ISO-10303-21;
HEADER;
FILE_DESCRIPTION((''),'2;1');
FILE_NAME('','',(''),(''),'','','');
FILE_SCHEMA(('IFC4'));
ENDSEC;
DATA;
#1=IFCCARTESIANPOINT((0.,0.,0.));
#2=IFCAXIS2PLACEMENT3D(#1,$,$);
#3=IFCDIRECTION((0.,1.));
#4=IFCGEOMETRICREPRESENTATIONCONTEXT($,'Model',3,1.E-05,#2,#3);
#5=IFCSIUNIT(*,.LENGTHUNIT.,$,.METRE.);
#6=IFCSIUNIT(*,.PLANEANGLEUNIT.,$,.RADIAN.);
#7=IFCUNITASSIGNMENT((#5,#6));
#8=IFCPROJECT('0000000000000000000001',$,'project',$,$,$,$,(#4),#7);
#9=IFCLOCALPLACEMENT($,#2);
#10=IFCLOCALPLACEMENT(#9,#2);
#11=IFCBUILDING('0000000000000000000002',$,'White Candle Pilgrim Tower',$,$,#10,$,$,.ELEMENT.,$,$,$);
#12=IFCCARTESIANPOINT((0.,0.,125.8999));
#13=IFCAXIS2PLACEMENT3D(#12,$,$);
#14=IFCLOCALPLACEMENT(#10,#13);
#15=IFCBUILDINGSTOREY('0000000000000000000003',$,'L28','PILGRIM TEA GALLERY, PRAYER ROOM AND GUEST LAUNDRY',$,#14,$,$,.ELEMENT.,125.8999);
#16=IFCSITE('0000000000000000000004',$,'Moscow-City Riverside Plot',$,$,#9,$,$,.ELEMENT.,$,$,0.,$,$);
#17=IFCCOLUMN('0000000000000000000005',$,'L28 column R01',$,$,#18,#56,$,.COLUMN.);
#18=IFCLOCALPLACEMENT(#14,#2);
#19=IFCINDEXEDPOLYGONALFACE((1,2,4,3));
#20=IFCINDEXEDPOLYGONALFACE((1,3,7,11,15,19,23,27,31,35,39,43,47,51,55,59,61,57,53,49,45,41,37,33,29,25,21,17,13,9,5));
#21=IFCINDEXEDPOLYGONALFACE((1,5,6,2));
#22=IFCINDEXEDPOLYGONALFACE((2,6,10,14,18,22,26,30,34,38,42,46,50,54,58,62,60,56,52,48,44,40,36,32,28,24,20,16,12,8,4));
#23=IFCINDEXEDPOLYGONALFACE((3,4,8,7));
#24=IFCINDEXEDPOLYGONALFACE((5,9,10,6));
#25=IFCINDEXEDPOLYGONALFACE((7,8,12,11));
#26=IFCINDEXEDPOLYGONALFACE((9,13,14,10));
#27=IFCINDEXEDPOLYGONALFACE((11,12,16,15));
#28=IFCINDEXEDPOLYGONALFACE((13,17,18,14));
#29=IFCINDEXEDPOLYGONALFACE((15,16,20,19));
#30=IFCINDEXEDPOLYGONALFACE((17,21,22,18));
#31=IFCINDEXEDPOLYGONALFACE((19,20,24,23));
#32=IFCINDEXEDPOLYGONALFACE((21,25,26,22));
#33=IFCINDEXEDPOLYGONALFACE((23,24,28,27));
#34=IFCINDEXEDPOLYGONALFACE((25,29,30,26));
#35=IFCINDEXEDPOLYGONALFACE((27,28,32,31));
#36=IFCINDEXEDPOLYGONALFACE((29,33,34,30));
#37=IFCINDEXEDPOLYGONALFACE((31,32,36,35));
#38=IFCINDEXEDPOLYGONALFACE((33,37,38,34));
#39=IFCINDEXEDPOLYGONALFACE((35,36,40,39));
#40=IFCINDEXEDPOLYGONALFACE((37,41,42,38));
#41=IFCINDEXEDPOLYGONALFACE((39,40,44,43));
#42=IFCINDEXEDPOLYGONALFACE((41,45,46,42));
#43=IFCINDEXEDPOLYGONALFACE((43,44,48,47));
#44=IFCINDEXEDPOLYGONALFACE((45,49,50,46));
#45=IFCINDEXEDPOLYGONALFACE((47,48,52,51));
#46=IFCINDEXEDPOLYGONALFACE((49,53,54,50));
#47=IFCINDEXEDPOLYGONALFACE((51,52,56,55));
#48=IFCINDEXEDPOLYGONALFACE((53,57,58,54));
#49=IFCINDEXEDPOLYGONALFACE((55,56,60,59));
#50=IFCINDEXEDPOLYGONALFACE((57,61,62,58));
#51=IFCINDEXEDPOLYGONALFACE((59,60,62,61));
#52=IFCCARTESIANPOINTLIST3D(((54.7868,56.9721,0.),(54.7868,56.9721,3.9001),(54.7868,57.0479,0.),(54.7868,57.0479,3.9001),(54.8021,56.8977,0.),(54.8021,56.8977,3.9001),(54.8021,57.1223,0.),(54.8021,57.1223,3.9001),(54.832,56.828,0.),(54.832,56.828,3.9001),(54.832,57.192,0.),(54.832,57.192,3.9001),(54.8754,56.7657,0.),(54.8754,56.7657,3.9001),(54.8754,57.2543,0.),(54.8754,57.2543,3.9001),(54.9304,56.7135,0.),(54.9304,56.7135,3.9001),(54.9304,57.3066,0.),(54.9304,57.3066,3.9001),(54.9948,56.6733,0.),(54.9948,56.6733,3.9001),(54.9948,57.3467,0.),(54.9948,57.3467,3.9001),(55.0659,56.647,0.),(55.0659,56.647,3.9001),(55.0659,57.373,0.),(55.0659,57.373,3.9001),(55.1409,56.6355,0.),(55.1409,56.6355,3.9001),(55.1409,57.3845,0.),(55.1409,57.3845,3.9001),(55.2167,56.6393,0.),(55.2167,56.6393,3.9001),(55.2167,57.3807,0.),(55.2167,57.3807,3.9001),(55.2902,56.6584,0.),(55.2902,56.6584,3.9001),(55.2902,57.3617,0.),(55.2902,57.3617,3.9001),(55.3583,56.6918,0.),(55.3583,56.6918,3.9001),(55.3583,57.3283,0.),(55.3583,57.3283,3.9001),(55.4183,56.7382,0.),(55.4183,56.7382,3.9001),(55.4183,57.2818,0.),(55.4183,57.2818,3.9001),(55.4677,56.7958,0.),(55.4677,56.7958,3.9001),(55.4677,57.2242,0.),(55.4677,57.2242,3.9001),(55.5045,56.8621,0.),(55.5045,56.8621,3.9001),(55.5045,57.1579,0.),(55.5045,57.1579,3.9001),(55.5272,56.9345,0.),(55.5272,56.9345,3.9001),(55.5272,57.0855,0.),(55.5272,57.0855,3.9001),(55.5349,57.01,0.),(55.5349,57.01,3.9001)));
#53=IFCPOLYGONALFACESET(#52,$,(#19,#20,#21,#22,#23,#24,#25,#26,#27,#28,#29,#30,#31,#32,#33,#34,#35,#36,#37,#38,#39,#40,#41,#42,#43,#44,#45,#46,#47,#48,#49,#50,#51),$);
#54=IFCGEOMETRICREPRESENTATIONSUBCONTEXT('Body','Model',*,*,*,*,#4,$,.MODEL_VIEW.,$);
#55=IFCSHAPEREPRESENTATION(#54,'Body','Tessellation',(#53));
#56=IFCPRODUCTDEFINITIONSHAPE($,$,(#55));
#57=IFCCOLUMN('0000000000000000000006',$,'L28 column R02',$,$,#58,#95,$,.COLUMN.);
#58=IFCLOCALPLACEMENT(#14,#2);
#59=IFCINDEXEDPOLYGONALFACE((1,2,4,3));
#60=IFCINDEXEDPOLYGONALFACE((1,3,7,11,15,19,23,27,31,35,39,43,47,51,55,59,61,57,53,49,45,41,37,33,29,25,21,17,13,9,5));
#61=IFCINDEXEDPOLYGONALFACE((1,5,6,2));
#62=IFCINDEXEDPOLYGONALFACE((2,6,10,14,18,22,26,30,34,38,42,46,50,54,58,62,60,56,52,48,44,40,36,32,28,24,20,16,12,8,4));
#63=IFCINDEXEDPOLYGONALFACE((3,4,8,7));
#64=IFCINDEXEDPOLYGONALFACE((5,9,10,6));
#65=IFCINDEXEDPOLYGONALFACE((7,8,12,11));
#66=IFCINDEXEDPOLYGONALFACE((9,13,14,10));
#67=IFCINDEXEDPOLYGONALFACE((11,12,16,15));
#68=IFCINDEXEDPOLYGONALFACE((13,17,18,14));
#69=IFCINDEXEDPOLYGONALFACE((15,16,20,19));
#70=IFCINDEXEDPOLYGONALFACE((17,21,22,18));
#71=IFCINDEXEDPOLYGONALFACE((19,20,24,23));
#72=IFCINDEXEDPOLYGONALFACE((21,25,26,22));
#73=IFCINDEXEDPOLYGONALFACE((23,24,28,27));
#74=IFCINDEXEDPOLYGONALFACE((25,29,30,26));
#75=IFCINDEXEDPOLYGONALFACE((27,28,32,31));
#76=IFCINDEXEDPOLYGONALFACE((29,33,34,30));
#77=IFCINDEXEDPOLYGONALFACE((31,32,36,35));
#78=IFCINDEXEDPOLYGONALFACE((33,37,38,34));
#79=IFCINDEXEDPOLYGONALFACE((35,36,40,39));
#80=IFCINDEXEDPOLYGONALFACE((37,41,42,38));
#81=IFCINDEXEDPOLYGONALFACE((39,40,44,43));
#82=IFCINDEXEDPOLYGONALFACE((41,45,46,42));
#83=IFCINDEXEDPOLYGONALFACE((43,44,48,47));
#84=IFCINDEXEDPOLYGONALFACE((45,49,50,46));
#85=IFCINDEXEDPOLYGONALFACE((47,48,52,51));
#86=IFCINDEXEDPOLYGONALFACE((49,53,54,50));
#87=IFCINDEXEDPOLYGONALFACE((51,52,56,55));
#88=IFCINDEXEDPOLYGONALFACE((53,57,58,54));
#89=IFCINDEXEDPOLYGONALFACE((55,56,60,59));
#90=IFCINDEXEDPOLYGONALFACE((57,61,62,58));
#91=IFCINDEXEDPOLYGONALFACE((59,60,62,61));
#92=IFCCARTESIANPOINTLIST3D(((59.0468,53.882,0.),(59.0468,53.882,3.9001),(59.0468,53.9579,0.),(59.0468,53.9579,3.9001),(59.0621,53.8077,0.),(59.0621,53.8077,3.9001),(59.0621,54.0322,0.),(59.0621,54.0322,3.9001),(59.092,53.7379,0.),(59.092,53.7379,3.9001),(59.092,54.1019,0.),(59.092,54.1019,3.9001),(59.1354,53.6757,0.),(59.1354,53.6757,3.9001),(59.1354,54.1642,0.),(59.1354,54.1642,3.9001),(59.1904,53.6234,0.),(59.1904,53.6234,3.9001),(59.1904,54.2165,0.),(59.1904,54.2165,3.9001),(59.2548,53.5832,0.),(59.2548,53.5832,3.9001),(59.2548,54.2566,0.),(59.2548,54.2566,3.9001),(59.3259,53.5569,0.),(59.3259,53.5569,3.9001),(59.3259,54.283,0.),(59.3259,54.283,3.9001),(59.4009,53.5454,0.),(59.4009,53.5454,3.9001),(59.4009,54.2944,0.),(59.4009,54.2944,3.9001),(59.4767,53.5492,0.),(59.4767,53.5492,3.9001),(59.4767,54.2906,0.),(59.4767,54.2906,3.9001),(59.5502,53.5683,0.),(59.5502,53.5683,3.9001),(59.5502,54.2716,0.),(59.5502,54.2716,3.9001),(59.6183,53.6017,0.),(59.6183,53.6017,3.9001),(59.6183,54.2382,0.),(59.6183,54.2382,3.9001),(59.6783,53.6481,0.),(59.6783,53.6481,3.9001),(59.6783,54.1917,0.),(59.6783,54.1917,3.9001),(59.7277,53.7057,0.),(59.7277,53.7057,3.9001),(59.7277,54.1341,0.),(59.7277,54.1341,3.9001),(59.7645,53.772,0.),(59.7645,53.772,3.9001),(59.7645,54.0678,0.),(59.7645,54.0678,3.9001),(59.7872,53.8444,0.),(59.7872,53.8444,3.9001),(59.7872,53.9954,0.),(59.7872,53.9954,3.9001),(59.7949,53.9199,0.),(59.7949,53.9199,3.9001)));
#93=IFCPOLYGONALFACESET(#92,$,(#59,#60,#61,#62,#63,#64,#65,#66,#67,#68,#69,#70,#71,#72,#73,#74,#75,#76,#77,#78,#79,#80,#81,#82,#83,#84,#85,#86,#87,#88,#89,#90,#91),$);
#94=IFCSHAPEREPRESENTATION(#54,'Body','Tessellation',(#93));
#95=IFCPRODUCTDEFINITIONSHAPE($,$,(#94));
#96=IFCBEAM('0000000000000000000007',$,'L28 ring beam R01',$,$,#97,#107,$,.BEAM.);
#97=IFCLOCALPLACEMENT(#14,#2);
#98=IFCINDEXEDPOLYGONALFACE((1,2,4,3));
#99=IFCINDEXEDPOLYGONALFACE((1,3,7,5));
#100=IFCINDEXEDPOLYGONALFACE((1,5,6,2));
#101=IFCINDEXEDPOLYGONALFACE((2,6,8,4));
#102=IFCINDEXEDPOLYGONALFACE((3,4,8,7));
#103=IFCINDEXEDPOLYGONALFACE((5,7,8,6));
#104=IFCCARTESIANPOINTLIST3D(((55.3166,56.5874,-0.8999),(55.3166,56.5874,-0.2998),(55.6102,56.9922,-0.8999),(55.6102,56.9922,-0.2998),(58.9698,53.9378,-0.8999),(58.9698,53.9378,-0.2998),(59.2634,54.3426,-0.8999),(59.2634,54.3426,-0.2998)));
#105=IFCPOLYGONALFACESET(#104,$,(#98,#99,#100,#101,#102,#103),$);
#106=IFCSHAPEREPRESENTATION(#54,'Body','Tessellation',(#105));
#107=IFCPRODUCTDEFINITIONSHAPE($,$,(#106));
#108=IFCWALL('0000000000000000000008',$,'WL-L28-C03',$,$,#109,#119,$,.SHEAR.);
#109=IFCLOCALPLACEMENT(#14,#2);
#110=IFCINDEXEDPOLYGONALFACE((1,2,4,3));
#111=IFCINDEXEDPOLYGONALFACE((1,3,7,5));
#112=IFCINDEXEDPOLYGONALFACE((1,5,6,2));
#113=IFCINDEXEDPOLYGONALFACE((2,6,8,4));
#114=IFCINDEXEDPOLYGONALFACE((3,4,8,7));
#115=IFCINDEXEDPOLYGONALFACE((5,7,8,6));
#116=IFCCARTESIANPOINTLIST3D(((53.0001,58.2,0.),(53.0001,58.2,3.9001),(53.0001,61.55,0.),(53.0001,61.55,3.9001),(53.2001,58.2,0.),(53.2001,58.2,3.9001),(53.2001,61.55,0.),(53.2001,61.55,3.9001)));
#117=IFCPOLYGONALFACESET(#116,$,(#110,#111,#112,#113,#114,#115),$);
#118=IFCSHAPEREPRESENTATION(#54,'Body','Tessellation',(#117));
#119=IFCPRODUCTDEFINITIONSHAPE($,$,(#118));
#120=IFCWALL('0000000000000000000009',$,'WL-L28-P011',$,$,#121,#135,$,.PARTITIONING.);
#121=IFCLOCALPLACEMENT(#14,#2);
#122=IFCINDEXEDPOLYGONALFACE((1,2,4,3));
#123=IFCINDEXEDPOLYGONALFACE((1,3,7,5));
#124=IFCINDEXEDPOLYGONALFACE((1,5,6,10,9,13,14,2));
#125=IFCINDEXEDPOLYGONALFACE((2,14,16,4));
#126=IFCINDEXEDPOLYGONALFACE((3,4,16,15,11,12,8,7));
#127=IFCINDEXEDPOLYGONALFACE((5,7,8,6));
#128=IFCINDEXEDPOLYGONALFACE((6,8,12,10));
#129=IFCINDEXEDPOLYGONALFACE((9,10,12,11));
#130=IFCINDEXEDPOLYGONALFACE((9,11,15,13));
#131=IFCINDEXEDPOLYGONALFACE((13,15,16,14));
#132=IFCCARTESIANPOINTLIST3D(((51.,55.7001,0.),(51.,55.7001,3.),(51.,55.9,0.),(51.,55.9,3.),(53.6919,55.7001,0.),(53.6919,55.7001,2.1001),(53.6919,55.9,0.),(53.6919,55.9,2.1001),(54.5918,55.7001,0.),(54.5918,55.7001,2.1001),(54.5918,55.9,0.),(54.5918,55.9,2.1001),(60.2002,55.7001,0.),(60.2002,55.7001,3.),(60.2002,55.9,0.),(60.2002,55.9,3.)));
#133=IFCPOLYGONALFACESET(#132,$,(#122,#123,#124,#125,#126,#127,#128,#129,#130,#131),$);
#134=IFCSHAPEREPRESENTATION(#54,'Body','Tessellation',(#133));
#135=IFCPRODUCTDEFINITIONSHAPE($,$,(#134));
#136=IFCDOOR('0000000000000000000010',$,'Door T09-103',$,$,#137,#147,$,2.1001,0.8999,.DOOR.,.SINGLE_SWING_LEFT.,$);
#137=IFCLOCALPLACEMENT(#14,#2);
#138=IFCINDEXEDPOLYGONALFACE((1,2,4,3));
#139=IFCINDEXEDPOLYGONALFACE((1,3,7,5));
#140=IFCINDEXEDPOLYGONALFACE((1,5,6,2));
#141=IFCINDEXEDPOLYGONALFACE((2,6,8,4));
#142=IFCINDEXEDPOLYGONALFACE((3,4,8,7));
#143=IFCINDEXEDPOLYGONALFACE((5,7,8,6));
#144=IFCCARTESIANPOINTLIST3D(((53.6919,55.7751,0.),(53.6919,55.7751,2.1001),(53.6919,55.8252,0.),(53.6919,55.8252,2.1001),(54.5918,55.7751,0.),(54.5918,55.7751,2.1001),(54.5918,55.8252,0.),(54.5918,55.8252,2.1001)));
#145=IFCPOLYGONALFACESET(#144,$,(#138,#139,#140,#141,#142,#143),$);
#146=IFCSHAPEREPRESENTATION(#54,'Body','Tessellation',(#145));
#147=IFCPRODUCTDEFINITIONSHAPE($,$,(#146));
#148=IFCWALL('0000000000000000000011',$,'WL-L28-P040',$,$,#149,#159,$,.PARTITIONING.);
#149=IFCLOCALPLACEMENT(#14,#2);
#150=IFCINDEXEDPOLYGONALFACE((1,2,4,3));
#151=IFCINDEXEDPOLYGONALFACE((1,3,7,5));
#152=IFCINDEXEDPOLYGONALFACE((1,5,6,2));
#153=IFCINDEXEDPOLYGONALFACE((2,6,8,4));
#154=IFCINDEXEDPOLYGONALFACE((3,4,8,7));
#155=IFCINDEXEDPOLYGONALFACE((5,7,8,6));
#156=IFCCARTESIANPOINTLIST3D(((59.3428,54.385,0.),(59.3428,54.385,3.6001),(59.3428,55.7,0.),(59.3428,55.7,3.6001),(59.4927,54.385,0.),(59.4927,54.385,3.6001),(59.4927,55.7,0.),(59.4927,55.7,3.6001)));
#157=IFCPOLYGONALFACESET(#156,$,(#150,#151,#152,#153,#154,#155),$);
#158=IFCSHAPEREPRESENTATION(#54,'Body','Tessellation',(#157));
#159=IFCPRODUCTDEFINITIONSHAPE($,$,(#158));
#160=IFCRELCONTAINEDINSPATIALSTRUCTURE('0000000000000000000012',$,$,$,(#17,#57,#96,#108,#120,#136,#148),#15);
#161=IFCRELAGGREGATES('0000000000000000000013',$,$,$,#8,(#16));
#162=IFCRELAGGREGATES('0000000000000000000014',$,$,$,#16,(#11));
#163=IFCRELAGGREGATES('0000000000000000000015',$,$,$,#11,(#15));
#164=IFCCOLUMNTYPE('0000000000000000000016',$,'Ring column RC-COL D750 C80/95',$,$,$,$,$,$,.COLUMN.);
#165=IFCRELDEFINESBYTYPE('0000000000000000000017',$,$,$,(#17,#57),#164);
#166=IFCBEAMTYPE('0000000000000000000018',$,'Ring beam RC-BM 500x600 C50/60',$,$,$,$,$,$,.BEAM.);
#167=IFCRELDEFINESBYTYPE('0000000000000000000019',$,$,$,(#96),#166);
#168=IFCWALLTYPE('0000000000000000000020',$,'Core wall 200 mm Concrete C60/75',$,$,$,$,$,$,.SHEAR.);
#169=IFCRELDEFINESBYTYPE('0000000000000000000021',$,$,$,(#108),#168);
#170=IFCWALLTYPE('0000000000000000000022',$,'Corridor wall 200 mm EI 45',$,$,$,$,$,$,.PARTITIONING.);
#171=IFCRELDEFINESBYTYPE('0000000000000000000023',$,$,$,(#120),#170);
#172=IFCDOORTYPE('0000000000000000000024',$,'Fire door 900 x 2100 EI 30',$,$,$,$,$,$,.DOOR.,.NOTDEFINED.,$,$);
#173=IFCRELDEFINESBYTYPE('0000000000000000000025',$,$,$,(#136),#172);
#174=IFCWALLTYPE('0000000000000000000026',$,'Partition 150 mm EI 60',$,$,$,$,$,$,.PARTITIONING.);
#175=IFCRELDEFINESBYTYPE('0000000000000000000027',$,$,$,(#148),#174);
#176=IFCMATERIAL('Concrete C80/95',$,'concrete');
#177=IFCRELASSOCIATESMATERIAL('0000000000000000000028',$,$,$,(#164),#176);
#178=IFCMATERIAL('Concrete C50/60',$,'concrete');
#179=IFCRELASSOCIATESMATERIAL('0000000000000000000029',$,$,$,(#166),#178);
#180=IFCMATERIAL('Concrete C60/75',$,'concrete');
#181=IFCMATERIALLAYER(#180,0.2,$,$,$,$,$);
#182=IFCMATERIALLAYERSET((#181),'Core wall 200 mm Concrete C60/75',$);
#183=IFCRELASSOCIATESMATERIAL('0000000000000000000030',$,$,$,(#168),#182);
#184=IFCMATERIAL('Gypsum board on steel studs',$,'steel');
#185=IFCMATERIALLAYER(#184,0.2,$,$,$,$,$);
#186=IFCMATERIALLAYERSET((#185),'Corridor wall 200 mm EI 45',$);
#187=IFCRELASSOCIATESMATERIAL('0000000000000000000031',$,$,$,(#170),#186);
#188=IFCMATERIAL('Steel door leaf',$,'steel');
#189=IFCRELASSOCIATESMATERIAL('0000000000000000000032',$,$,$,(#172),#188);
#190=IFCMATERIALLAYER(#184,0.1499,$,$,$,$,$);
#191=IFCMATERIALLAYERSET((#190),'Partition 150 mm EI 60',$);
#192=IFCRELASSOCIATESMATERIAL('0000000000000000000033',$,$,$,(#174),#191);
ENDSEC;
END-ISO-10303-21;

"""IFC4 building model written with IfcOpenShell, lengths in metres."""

from ifc_helpers import new_model, si_unit, direction, frame, frame_2d, origin, origin_2d, place, context, subcontext, project, spatial, rectangle, circle, extrude, material, layer, layer_set, material_profile, profile_set, type_object, element, fill, save


model = new_model("IFC4")

# Units and contexts
model_context = context("Model", 3, precision=1e-05, world=origin(), true_north=direction((0.0, 1.0)))
body_context = subcontext(model_context, "Body", "Model", "MODEL_VIEW")
ifc_project = project(units=[si_unit("LENGTHUNIT", "METRE"), si_unit("PLANEANGLEUNIT", "RADIAN")], contexts=[model_context])

# Site, building, storey
site_placement = place(None, origin())
site = spatial("IfcSite", under=ifc_project, at=site_placement, Name="Moscow-City Riverside Plot", CompositionType="ELEMENT", RefElevation=0.0)
building_placement = place(site_placement, origin())
building = spatial("IfcBuilding", under=site, at=building_placement, Name="White Candle Pilgrim Tower", CompositionType="ELEMENT")
storey_placement = place(building_placement, frame((0.0, 0.0, 125.8999)))
storey = spatial("IfcBuildingStorey", under=building, at=storey_placement, Name="L28", Description="PILGRIM TEA GALLERY, PRAYER ROOM AND GUEST LAUNDRY", CompositionType="ELEMENT", Elevation=125.8999)

# Columns
ifc_material_1 = material(Name="Concrete C80/95", Category="concrete")
ifc_material_profile_1 = material_profile(ifc_material_1, circle(Radius=0.375, at=origin_2d()), Name="RC-COL D750")
ifc_profile_set_1 = profile_set([ifc_material_profile_1], Name="Concrete C80/95")
column_type = type_object("IfcColumnType", Name="Ring column RC-COL D750 C80/95", PredefinedType="COLUMN", material=ifc_profile_set_1)
for number, where, z_axis, x_axis, name in (
    (1, (55.1599, 57.01, 0.0), (0.0, 0.0, 1.0), (1.0, 0.0, 0.0), "L28 column R01"),
    (2, (59.4199, 53.9199, 0.0), (0.0, 0.0, 1.0), (1.0, 0.0, 0.0), "L28 column R02"),
):
    element("IfcColumn", number, at=place(storey_placement, frame(where, z_axis=z_axis, x_axis=x_axis)), inside=storey, type_object=column_type, Name=name, PredefinedType="COLUMN", context=body_context, shape_type="SweptSolid", body=[
        extrude(circle(Radius=0.375, at=origin_2d()), origin(), (0.0, 0.0, 1.0), 3.9001),
    ])

# Beam
ifc_material_2 = material(Name="Concrete C50/60", Category="concrete")
ifc_material_profile_2 = material_profile(ifc_material_2, rectangle(XDim=0.5, YDim=0.6001, at=origin_2d()), Name="RC-BM 500x600")
ifc_profile_set_2 = profile_set([ifc_material_profile_2], Name="Concrete C50/60")
beam_type = type_object("IfcBeamType", Name="Ring beam RC-BM 500x600 C50/60", PredefinedType="BEAM", material=ifc_profile_set_2)
beam_placement = place(storey_placement, frame((55.4634, 56.7898, -0.5999), z_axis=(0.809505, -0.587113, 0.0), x_axis=(0.587113, 0.809505, 0.0)))
element("IfcBeam", 3, at=beam_placement, inside=storey, type_object=beam_type, Name="L28 ring beam R01", PredefinedType="BEAM", context=body_context, shape_type="SweptSolid", body=[
    extrude(rectangle(XDim=0.5, YDim=0.6001, at=origin_2d()), origin(), (0.0, 0.0, 1.0), 4.5129),
])

# Wall
ifc_material_3 = material(Name="Concrete C60/75", Category="concrete")
ifc_layer_1 = layer(ifc_material_3, 0.2)
ifc_layer_set_1 = layer_set([ifc_layer_1], Name="Core wall 200 mm Concrete C60/75")
wall_type_1 = type_object("IfcWallType", Name="Core wall 200 mm Concrete C60/75", PredefinedType="SHEAR", material=ifc_layer_set_1)
wall_1_placement = place(storey_placement, frame((53.1001, 58.2, 0.0), z_axis=(0.0, 0.0, 1.0), x_axis=(0.0, 1.0, 0.0)))
element("IfcWall", 4, at=wall_1_placement, inside=storey, type_object=wall_type_1, Name="WL-L28-C03", PredefinedType="SHEAR", context=body_context, shape_type="SweptSolid", body=[
    extrude(rectangle(XDim=3.3501, YDim=0.2, at=frame_2d((1.675, 0.0))), origin(), (0.0, 0.0, 1.0), 3.9001),
])

# Wall, opening, door
ifc_material_4 = material(Name="Gypsum board on steel studs", Category="steel")
ifc_layer_2 = layer(ifc_material_4, 0.2)
ifc_layer_set_2 = layer_set([ifc_layer_2], Name="Corridor wall 200 mm EI 45")
wall_type_2 = type_object("IfcWallType", Name="Corridor wall 200 mm EI 45", PredefinedType="PARTITIONING", material=ifc_layer_set_2)
wall_2_placement = place(storey_placement, frame((60.2002, 55.8, 0.0), z_axis=(0.0, 0.0, 1.0), x_axis=(-1.0, 0.0, 0.0)))
wall_2 = element("IfcWall", 5, at=wall_2_placement, inside=storey, type_object=wall_type_2, Name="WL-L28-P011", PredefinedType="PARTITIONING", context=body_context, shape_type="SweptSolid", body=[
    extrude(rectangle(XDim=9.2002, YDim=0.2, at=frame_2d((4.6001, 0.0))), origin(), (0.0, 0.0, 1.0), 3.0),
])
opening_1_placement = place(wall_2_placement, frame((5.6084, 0.0, 0.0)))
opening_1 = element("IfcOpeningElement", 6, at=opening_1_placement, cuts=wall_2, PredefinedType="OPENING", context=body_context, shape_type="SweptSolid", body=[
    extrude(rectangle(XDim=0.8999, YDim=2.1001, at=frame_2d((0.45, 1.05))), frame((0.0, 0.1099, 0.0), z_axis=(0.0, -1.0, 0.0), x_axis=(1.0, 0.0, 0.0)), (0.0, 0.0, 1.0), 0.22),
])
ifc_material_5 = material(Name="Steel door leaf", Category="steel")
door_type_1 = type_object("IfcDoorType", Name="Fire door 900 x 2100 EI 30", OperationType="NOTDEFINED", PredefinedType="DOOR", material=ifc_material_5)
door_1_placement = place(opening_1_placement, origin())
door_1 = element("IfcDoor", 7, at=door_1_placement, inside=storey, type_object=door_type_1, Name="Door T09-103", OperationType="SINGLE_SWING_LEFT", OverallHeight=2.1001, OverallWidth=0.8999, PredefinedType="DOOR", context=body_context, shape_type="SweptSolid", body=[
    extrude(rectangle(XDim=0.8999, YDim=2.1001, at=frame_2d((0.45, 1.05))), frame((0.0, 0.0249, 0.0), z_axis=(0.0, -1.0, 0.0), x_axis=(1.0, 0.0, 0.0)), (0.0, 0.0, 1.0), 0.05),
])
fill(opening_1, door_1)

# Wall
ifc_layer_3 = layer(ifc_material_4, 0.1499)
ifc_layer_set_3 = layer_set([ifc_layer_3], Name="Partition 150 mm EI 60")
wall_type_3 = type_object("IfcWallType", Name="Partition 150 mm EI 60", PredefinedType="PARTITIONING", material=ifc_layer_set_3)
wall_3_placement = place(storey_placement, frame((59.4177, 54.385, 0.0), z_axis=(0.0, 0.0, 1.0), x_axis=(0.0, 1.0, 0.0)))
element("IfcWall", 8, at=wall_3_placement, inside=storey, type_object=wall_type_3, Name="WL-L28-P040", PredefinedType="PARTITIONING", context=body_context, shape_type="SweptSolid", body=[
    extrude(rectangle(XDim=1.3149, YDim=0.1499, at=frame_2d((0.6575, 0.0))), origin(), (0.0, 0.0, 1.0), 3.6001),
])

save(model, "model.ifc")
